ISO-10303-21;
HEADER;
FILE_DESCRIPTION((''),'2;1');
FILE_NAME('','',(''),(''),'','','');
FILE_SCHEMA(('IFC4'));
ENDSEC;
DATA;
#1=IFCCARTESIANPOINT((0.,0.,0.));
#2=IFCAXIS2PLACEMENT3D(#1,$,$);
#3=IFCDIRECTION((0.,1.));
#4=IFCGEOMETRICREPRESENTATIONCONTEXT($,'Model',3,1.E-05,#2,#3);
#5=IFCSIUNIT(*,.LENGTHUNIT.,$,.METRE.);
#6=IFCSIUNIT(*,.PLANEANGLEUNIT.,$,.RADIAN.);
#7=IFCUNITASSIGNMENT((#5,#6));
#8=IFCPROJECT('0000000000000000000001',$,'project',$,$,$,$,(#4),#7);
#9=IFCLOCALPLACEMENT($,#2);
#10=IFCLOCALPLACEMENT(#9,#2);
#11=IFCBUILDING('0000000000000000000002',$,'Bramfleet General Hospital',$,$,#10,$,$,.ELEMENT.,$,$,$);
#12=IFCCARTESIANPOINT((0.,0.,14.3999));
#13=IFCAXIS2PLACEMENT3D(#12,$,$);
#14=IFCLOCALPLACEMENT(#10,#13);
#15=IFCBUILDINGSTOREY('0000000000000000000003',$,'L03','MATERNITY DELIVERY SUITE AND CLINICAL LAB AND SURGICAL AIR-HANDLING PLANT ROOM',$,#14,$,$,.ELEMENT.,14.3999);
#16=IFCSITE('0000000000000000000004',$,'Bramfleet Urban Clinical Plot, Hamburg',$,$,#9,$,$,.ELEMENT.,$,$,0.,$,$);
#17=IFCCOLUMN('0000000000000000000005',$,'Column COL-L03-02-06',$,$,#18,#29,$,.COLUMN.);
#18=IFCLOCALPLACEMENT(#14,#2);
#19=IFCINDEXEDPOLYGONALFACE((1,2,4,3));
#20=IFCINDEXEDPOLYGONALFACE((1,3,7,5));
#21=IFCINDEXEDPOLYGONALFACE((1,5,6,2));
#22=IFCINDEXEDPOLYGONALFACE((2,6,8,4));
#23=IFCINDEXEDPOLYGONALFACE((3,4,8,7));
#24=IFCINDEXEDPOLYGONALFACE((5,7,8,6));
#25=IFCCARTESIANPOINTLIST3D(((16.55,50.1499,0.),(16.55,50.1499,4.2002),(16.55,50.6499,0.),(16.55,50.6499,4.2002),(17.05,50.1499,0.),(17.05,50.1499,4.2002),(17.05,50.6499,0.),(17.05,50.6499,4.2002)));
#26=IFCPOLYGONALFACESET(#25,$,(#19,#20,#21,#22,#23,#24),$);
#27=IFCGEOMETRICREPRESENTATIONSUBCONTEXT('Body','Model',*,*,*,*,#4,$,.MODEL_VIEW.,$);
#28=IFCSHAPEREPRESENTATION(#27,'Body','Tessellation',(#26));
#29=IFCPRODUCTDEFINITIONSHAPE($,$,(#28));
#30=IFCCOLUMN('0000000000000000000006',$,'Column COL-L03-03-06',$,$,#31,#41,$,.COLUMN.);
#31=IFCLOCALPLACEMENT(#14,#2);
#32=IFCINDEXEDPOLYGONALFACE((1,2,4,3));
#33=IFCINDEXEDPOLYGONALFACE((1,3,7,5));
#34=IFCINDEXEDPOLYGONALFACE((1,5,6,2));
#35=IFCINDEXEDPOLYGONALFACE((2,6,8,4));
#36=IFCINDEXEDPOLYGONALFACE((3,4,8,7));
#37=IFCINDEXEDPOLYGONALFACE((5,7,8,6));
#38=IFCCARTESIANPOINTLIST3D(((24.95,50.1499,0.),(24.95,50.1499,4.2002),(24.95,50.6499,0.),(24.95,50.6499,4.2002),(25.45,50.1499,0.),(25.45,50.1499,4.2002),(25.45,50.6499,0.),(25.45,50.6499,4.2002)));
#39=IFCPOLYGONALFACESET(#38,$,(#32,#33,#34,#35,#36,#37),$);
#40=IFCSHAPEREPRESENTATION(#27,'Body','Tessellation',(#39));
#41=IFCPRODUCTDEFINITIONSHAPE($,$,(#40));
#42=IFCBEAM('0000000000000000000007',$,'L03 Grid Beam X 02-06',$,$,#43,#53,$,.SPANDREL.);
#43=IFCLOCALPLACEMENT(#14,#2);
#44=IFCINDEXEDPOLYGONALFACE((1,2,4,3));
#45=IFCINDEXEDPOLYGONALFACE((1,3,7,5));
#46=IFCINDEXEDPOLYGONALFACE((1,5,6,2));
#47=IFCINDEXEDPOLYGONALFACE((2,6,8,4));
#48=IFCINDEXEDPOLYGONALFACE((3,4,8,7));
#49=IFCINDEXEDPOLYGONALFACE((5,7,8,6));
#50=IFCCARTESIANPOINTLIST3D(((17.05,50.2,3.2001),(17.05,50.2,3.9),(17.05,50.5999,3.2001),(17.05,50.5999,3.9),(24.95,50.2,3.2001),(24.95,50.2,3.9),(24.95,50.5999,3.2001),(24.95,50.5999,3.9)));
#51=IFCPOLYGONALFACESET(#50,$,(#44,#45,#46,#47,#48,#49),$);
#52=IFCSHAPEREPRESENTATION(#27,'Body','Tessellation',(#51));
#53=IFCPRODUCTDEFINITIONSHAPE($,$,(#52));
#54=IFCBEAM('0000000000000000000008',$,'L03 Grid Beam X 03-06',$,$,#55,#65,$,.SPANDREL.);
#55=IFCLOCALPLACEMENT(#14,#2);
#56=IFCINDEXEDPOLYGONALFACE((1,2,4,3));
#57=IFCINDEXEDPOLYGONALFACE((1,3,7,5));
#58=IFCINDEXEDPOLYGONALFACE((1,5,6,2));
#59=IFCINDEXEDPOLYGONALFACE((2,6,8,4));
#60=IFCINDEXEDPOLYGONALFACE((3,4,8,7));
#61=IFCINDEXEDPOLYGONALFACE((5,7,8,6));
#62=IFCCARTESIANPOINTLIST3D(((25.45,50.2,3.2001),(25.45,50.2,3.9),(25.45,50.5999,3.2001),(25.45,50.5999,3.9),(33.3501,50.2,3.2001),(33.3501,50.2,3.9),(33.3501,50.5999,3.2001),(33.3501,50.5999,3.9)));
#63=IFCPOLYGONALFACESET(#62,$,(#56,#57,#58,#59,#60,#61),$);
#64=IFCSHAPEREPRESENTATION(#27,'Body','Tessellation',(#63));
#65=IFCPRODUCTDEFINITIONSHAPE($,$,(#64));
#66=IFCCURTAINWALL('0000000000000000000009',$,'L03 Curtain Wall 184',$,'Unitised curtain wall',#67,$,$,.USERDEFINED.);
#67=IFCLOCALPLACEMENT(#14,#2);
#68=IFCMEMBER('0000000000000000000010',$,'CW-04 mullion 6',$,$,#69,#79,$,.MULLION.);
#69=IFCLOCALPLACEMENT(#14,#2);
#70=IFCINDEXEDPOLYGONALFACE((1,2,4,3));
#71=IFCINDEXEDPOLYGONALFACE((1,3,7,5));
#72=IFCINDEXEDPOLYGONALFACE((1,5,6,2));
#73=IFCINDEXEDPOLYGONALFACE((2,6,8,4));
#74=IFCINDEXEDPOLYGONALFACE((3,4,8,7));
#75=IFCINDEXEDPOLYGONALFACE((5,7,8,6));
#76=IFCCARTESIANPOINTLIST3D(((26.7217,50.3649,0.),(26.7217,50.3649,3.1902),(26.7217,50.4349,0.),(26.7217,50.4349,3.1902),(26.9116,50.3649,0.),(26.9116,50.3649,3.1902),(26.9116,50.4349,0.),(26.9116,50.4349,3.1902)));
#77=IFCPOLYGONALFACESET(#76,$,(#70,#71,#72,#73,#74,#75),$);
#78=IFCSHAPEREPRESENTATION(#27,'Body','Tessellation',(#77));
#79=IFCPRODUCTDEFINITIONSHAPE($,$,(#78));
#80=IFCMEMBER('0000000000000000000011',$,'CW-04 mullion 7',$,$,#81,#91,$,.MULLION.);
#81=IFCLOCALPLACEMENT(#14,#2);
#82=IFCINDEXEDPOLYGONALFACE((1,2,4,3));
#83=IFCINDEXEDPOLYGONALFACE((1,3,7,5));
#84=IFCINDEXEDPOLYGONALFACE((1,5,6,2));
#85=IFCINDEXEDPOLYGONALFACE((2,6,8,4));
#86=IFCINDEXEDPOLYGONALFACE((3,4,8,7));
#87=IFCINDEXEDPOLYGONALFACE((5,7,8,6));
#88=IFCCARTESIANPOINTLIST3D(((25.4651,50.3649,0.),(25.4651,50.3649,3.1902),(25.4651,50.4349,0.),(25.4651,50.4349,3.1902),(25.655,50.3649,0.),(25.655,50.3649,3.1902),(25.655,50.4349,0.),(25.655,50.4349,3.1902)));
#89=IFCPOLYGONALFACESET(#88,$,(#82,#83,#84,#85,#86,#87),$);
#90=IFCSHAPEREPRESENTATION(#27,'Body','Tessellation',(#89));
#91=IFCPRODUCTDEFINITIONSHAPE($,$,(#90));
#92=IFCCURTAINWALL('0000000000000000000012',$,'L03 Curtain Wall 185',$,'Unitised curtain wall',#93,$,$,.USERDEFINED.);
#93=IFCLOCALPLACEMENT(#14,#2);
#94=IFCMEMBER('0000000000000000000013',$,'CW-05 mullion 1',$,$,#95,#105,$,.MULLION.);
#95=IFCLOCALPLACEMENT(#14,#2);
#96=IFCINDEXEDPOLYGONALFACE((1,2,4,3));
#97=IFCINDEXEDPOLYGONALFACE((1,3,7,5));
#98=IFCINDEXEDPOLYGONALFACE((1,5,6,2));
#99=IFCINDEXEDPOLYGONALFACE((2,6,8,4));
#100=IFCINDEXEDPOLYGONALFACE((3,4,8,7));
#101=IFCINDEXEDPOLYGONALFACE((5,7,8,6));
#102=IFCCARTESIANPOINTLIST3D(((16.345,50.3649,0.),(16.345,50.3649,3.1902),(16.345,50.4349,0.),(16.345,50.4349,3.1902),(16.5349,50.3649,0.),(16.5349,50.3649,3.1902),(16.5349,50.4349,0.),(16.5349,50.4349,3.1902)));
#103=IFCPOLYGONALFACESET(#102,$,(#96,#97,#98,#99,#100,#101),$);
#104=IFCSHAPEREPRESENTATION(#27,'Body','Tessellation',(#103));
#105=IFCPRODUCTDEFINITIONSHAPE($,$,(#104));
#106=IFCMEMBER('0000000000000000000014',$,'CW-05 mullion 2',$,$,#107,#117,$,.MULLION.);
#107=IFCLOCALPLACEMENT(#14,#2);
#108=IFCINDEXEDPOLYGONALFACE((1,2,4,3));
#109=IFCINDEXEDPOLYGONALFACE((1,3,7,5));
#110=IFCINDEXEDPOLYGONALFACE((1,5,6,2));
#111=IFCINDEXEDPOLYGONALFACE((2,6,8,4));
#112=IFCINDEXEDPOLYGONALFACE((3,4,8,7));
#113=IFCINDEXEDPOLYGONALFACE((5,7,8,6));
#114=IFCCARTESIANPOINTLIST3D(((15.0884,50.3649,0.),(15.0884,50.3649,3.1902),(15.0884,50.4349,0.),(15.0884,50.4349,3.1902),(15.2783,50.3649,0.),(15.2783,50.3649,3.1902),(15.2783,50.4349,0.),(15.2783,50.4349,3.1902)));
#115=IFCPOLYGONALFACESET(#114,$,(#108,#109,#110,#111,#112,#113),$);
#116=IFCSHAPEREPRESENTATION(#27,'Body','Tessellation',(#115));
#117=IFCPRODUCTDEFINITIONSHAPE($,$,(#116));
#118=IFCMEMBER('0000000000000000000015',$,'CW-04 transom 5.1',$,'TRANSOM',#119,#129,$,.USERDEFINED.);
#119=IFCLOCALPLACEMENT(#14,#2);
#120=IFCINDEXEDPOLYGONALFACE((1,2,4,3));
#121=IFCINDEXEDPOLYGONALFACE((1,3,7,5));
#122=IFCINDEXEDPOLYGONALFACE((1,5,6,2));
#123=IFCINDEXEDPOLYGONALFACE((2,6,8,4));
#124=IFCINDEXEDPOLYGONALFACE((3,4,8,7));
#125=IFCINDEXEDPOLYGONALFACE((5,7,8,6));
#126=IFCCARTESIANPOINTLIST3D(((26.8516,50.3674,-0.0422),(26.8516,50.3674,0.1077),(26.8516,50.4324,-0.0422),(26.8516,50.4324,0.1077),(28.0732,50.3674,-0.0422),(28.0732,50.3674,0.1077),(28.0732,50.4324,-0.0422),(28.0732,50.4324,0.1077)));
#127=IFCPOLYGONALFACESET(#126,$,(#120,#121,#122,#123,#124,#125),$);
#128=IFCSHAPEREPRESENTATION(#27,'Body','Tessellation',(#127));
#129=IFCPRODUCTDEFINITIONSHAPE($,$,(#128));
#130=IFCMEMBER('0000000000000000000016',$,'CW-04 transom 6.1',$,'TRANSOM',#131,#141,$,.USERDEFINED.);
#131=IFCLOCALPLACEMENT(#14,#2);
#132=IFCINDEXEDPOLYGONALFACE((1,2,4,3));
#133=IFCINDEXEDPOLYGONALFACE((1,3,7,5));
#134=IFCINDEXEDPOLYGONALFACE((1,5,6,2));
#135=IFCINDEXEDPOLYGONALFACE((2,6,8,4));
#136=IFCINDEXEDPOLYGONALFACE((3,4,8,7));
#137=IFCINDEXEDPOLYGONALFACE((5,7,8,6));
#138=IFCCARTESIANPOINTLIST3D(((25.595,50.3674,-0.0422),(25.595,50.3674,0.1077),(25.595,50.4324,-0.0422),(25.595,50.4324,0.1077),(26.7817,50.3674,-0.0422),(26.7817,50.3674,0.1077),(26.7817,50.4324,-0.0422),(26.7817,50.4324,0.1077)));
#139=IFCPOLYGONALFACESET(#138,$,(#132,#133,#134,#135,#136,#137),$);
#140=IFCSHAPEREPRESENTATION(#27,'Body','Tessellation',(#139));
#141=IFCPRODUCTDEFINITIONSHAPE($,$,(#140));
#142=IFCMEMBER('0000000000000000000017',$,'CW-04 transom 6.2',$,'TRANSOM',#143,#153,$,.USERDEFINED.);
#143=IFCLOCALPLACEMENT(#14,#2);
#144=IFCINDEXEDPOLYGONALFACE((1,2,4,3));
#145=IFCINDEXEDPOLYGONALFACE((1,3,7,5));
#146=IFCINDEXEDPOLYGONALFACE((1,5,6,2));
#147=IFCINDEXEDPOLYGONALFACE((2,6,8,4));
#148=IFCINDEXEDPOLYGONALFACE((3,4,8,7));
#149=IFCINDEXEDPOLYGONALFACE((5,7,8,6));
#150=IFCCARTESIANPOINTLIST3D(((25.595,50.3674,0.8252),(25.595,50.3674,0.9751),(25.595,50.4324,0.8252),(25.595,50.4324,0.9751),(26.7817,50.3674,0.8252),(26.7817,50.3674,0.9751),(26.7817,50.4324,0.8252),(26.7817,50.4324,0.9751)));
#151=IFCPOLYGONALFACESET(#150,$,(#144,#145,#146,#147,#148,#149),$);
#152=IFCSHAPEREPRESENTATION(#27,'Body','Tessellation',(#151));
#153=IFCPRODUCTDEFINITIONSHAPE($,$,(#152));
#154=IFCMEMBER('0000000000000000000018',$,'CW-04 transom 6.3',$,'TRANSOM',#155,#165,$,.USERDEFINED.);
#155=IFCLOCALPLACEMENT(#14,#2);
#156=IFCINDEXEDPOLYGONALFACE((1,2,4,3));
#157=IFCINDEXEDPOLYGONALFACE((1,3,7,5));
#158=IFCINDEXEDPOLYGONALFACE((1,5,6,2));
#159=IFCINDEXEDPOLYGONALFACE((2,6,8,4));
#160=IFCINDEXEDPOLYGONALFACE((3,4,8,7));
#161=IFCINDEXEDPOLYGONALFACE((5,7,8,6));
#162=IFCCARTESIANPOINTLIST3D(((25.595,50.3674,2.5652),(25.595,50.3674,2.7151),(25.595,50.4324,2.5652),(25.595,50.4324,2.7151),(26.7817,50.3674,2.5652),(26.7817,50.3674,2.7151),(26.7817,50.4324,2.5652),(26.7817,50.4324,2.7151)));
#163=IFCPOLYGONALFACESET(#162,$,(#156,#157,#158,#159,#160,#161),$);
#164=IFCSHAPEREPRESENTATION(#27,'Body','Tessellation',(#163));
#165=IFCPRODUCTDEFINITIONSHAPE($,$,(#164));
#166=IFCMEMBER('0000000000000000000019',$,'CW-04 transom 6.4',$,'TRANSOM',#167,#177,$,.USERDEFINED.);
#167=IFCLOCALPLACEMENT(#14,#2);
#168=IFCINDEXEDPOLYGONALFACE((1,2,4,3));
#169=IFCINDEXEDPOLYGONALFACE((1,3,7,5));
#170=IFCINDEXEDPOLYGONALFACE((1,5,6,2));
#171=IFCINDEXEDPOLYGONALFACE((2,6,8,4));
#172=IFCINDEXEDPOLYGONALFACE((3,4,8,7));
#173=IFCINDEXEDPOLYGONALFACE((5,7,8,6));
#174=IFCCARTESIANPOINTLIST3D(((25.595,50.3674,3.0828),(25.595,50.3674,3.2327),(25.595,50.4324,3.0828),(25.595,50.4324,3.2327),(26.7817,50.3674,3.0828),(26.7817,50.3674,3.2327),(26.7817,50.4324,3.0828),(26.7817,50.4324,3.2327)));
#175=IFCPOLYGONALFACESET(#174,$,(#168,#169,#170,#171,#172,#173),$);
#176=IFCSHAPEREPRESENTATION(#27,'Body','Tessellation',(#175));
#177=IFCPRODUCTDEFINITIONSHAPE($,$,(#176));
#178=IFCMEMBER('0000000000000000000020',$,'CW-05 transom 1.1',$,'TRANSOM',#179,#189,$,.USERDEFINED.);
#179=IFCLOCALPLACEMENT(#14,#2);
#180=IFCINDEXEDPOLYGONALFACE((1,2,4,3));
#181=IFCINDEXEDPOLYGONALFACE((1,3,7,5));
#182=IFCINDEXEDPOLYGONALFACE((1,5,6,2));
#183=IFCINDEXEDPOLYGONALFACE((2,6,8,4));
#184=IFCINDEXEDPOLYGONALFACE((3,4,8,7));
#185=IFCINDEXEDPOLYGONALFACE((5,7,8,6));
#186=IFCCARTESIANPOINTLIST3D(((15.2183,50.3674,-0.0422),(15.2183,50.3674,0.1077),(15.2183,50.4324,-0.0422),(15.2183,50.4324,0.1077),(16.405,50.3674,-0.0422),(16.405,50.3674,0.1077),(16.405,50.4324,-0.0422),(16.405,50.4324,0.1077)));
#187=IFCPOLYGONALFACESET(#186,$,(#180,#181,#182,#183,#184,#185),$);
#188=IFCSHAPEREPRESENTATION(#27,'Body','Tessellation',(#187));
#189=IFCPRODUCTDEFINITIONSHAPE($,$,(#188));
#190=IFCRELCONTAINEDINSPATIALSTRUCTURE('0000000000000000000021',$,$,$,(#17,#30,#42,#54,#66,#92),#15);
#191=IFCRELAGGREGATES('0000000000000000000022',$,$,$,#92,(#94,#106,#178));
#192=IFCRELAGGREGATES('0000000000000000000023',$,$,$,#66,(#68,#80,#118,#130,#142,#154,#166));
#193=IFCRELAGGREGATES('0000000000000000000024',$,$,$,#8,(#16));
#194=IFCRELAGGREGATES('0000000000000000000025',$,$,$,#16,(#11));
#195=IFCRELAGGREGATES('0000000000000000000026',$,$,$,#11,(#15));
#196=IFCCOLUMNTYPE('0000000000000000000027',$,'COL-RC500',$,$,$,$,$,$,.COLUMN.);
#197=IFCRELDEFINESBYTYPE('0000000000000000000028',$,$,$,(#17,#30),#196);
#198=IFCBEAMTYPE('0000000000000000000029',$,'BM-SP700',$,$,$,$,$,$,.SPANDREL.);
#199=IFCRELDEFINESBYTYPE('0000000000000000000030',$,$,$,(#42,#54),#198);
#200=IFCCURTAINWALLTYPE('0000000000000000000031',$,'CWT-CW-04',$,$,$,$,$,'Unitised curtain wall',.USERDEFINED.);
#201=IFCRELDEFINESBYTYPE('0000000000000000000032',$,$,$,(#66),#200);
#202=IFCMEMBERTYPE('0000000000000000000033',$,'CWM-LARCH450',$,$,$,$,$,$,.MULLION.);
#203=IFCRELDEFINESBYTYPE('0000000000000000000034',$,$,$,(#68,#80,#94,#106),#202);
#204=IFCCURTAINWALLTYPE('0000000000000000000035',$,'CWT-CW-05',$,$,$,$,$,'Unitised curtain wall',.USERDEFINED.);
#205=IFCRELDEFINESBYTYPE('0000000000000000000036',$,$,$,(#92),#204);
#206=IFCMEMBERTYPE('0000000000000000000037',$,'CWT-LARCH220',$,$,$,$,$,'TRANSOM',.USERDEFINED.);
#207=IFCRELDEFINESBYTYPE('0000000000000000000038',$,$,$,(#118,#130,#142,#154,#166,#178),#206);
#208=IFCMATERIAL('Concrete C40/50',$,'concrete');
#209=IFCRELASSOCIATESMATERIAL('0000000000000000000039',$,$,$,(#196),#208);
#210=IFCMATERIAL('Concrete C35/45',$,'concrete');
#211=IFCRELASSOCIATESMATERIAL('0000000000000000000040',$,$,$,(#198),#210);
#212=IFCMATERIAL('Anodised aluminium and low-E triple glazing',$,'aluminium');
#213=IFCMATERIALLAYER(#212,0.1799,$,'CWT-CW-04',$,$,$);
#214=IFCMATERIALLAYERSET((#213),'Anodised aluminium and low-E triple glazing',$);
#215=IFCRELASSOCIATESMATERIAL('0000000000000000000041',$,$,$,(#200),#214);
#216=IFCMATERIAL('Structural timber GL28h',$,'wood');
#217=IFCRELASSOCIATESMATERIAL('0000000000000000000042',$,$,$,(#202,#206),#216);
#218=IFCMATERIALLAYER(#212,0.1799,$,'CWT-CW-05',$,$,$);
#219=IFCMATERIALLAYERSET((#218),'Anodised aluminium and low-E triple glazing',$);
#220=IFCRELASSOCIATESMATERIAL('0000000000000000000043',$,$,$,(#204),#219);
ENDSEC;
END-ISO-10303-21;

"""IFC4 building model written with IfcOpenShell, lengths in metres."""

from ifc_helpers import new_model, si_unit, direction, frame, origin, origin_2d, place, context, subcontext, project, spatial, rectangle, extrude, material, layer, layer_set, material_profile, profile_set, type_object, element, aggregate, save


model = new_model("IFC4")

# Units and contexts
model_context = context("Model", 3, precision=1e-05, world=origin(), true_north=direction((0.0, 1.0)))
body_context = subcontext(model_context, "Body", "Model", "MODEL_VIEW")
ifc_project = project(units=[si_unit("LENGTHUNIT", "METRE"), si_unit("PLANEANGLEUNIT", "RADIAN")], contexts=[model_context])

# Site, building, storey
site_placement = place(None, origin())
site = spatial("IfcSite", under=ifc_project, at=site_placement, Name="Bramfleet Urban Clinical Plot, Hamburg", CompositionType="ELEMENT", RefElevation=0.0)
building_placement = place(site_placement, origin())
building = spatial("IfcBuilding", under=site, at=building_placement, Name="Bramfleet General Hospital", CompositionType="ELEMENT")
storey_placement = place(building_placement, frame((0.0, 0.0, 14.3999)))
storey = spatial("IfcBuildingStorey", under=building, at=storey_placement, Name="L03", Description="MATERNITY DELIVERY SUITE AND CLINICAL LAB AND SURGICAL AIR-HANDLING PLANT ROOM", CompositionType="ELEMENT", Elevation=14.3999)

# Columns
ifc_material_1 = material(Name="Concrete C40/50", Category="concrete")
ifc_material_profile_1 = material_profile(ifc_material_1, rectangle(XDim=0.5, YDim=0.5, at=origin_2d()), Name="RC COL 500x500")
ifc_profile_set_1 = profile_set([ifc_material_profile_1], Name="Concrete C40/50")
column_type = type_object("IfcColumnType", Name="COL-RC500", PredefinedType="COLUMN", material=ifc_profile_set_1)
for number, where, z_axis, x_axis, name in (
    (1, (16.8, 50.3999, 0.0), (0.0, 0.0, 1.0), (1.0, 0.0, 0.0), "Column COL-L03-02-06"),
    (2, (25.2, 50.3999, 0.0), (0.0, 0.0, 1.0), (1.0, 0.0, 0.0), "Column COL-L03-03-06"),
):
    element("IfcColumn", number, at=place(storey_placement, frame(where, z_axis=z_axis, x_axis=x_axis)), inside=storey, type_object=column_type, Name=name, PredefinedType="COLUMN", context=body_context, shape_type="SweptSolid", body=[
        extrude(rectangle(XDim=0.5, YDim=0.5, at=origin_2d()), origin(), (0.0, 0.0, 1.0), 4.2002),
    ])

# Beams
ifc_material_2 = material(Name="Concrete C35/45", Category="concrete")
ifc_material_profile_2 = material_profile(ifc_material_2, rectangle(XDim=0.3999, YDim=0.7, at=origin_2d()), Name="RC SP 700x400")
ifc_profile_set_2 = profile_set([ifc_material_profile_2], Name="Concrete C35/45")
beam_type = type_object("IfcBeamType", Name="BM-SP700", PredefinedType="SPANDREL", material=ifc_profile_set_2)
beam_1_placement = place(storey_placement, frame((17.05, 50.3999, 3.55), z_axis=(1.0, 0.0, 0.0), x_axis=(0.0, 1.0, 0.0)))
element("IfcBeam", 3, at=beam_1_placement, inside=storey, type_object=beam_type, Name="L03 Grid Beam X 02-06", PredefinedType="SPANDREL", context=body_context, shape_type="SweptSolid", body=[
    extrude(rectangle(XDim=0.3999, YDim=0.7, at=origin_2d()), origin(), (0.0, 0.0, 1.0), 7.8999),
])
beam_2_placement = place(storey_placement, frame((25.45, 50.3999, 3.55), z_axis=(1.0, 0.0, 0.0), x_axis=(0.0, 1.0, 0.0)))
element("IfcBeam", 4, at=beam_2_placement, inside=storey, type_object=beam_type, Name="L03 Grid Beam X 03-06", PredefinedType="SPANDREL", context=body_context, shape_type="SweptSolid", body=[
    extrude(rectangle(XDim=0.3999, YDim=0.7, at=origin_2d()), origin(), (0.0, 0.0, 1.0), 7.9001),
])

# Curtain walls, members
ifc_material_3 = material(Name="Anodised aluminium and low-E triple glazing", Category="aluminium")
ifc_layer_1 = layer(ifc_material_3, 0.1799, Name="CWT-CW-04")
ifc_layer_set_1 = layer_set([ifc_layer_1], Name="Anodised aluminium and low-E triple glazing")
curtain_wall_type_1 = type_object("IfcCurtainWallType", Name="CWT-CW-04", ElementType="Unitised curtain wall", PredefinedType="USERDEFINED", material=ifc_layer_set_1)
curtain_wall_1_placement = place(storey_placement, origin())
curtain_wall_1 = element("IfcCurtainWall", 5, at=curtain_wall_1_placement, inside=storey, type_object=curtain_wall_type_1, Name="L03 Curtain Wall 184", ObjectType="Unitised curtain wall", PredefinedType="USERDEFINED")
ifc_material_4 = material(Name="Structural timber GL28h", Category="wood")
ifc_material_profile_3 = material_profile(ifc_material_4, rectangle(XDim=0.0701, YDim=0.1899, at=origin_2d()), Name="LARCH 190x70")
ifc_profile_set_3 = profile_set([ifc_material_profile_3], Name="Structural timber GL28h")
member_type_1 = type_object("IfcMemberType", Name="CWM-LARCH450", PredefinedType="MULLION", material=ifc_profile_set_3)
member_1_placement = place(storey_placement, frame((26.8167, 50.3999, 0.0), z_axis=(0.0, 0.0, 1.0), x_axis=(0.0, -1.0, 0.0)))
member_1 = element("IfcMember", 6, at=member_1_placement, type_object=member_type_1, Name="CW-04 mullion 6", PredefinedType="MULLION", context=body_context, shape_type="SweptSolid", body=[
    extrude(rectangle(XDim=0.0701, YDim=0.1899, at=origin_2d()), origin(), (0.0, 0.0, 1.0), 3.1902),
])
member_2_placement = place(storey_placement, frame((25.5601, 50.3999, 0.0), z_axis=(0.0, 0.0, 1.0), x_axis=(0.0, -1.0, 0.0)))
member_2 = element("IfcMember", 7, at=member_2_placement, type_object=member_type_1, Name="CW-04 mullion 7", PredefinedType="MULLION", context=body_context, shape_type="SweptSolid", body=[
    extrude(rectangle(XDim=0.0701, YDim=0.1899, at=origin_2d()), origin(), (0.0, 0.0, 1.0), 3.1902),
])
ifc_layer_2 = layer(ifc_material_3, 0.1799, Name="CWT-CW-05")
ifc_layer_set_2 = layer_set([ifc_layer_2], Name="Anodised aluminium and low-E triple glazing")
curtain_wall_type_2 = type_object("IfcCurtainWallType", Name="CWT-CW-05", ElementType="Unitised curtain wall", PredefinedType="USERDEFINED", material=ifc_layer_set_2)
curtain_wall_2_placement = place(storey_placement, origin())
curtain_wall_2 = element("IfcCurtainWall", 8, at=curtain_wall_2_placement, inside=storey, type_object=curtain_wall_type_2, Name="L03 Curtain Wall 185", ObjectType="Unitised curtain wall", PredefinedType="USERDEFINED")
member_3_placement = place(storey_placement, frame((16.4399, 50.3999, 0.0), z_axis=(0.0, 0.0, 1.0), x_axis=(0.0, -1.0, 0.0)))
member_3 = element("IfcMember", 9, at=member_3_placement, type_object=member_type_1, Name="CW-05 mullion 1", PredefinedType="MULLION", context=body_context, shape_type="SweptSolid", body=[
    extrude(rectangle(XDim=0.0701, YDim=0.1899, at=origin_2d()), origin(), (0.0, 0.0, 1.0), 3.1902),
])
member_4_placement = place(storey_placement, frame((15.1833, 50.3999, 0.0), z_axis=(0.0, 0.0, 1.0), x_axis=(0.0, -1.0, 0.0)))
member_4 = element("IfcMember", 10, at=member_4_placement, type_object=member_type_1, Name="CW-05 mullion 2", PredefinedType="MULLION", context=body_context, shape_type="SweptSolid", body=[
    extrude(rectangle(XDim=0.0701, YDim=0.1899, at=origin_2d()), origin(), (0.0, 0.0, 1.0), 3.1902),
])

# Members
ifc_material_profile_4 = material_profile(ifc_material_4, rectangle(XDim=0.0649, YDim=0.1499, at=origin_2d()), Name="LARCH 150x65")
ifc_profile_set_4 = profile_set([ifc_material_profile_4], Name="Structural timber GL28h")
member_type_2 = type_object("IfcMemberType", Name="CWT-LARCH220", ElementType="TRANSOM", PredefinedType="USERDEFINED", material=ifc_profile_set_4)
member_5_placement = place(storey_placement, frame((28.0732, 50.3999, 0.0327), z_axis=(-1.0, 0.0, 0.0), x_axis=(0.0, -1.0, 0.0)))
member_5 = element("IfcMember", 11, at=member_5_placement, type_object=member_type_2, Name="CW-04 transom 5.1", ObjectType="TRANSOM", PredefinedType="USERDEFINED", context=body_context, shape_type="SweptSolid", body=[
    extrude(rectangle(XDim=0.0649, YDim=0.1499, at=origin_2d()), origin(), (0.0, 0.0, 1.0), 1.2217),
])
member_6_placement = place(storey_placement, frame((26.7817, 50.3999, 0.0327), z_axis=(-1.0, 0.0, 0.0), x_axis=(0.0, -1.0, 0.0)))
member_6 = element("IfcMember", 12, at=member_6_placement, type_object=member_type_2, Name="CW-04 transom 6.1", ObjectType="TRANSOM", PredefinedType="USERDEFINED", context=body_context, shape_type="SweptSolid", body=[
    extrude(rectangle(XDim=0.0649, YDim=0.1499, at=origin_2d()), origin(), (0.0, 0.0, 1.0), 1.1868),
])
member_7_placement = place(storey_placement, frame((26.7817, 50.3999, 0.9001), z_axis=(-1.0, 0.0, 0.0), x_axis=(0.0, -1.0, 0.0)))
member_7 = element("IfcMember", 13, at=member_7_placement, type_object=member_type_2, Name="CW-04 transom 6.2", ObjectType="TRANSOM", PredefinedType="USERDEFINED", context=body_context, shape_type="SweptSolid", body=[
    extrude(rectangle(XDim=0.0649, YDim=0.1499, at=origin_2d()), origin(), (0.0, 0.0, 1.0), 1.1868),
])
member_8_placement = place(storey_placement, frame((26.7817, 50.3999, 2.6401), z_axis=(-1.0, 0.0, 0.0), x_axis=(0.0, -1.0, 0.0)))
member_8 = element("IfcMember", 14, at=member_8_placement, type_object=member_type_2, Name="CW-04 transom 6.3", ObjectType="TRANSOM", PredefinedType="USERDEFINED", context=body_context, shape_type="SweptSolid", body=[
    extrude(rectangle(XDim=0.0649, YDim=0.1499, at=origin_2d()), origin(), (0.0, 0.0, 1.0), 1.1868),
])
member_9_placement = place(storey_placement, frame((26.7817, 50.3999, 3.1577), z_axis=(-1.0, 0.0, 0.0), x_axis=(0.0, -1.0, 0.0)))
member_9 = element("IfcMember", 15, at=member_9_placement, type_object=member_type_2, Name="CW-04 transom 6.4", ObjectType="TRANSOM", PredefinedType="USERDEFINED", context=body_context, shape_type="SweptSolid", body=[
    extrude(rectangle(XDim=0.0649, YDim=0.1499, at=origin_2d()), origin(), (0.0, 0.0, 1.0), 1.1868),
])
member_10_placement = place(storey_placement, frame((16.405, 50.3999, 0.0327), z_axis=(-1.0, 0.0, 0.0), x_axis=(0.0, -1.0, 0.0)))
member_10 = element("IfcMember", 16, at=member_10_placement, type_object=member_type_2, Name="CW-05 transom 1.1", ObjectType="TRANSOM", PredefinedType="USERDEFINED", context=body_context, shape_type="SweptSolid", body=[
    extrude(rectangle(XDim=0.0649, YDim=0.1499, at=origin_2d()), origin(), (0.0, 0.0, 1.0), 1.1868),
])

aggregate(curtain_wall_2, [member_3, member_4, member_10])
aggregate(curtain_wall_1, [member_1, member_2, member_5, member_6, member_7, member_8, member_9])

save(model, "model.ifc")
